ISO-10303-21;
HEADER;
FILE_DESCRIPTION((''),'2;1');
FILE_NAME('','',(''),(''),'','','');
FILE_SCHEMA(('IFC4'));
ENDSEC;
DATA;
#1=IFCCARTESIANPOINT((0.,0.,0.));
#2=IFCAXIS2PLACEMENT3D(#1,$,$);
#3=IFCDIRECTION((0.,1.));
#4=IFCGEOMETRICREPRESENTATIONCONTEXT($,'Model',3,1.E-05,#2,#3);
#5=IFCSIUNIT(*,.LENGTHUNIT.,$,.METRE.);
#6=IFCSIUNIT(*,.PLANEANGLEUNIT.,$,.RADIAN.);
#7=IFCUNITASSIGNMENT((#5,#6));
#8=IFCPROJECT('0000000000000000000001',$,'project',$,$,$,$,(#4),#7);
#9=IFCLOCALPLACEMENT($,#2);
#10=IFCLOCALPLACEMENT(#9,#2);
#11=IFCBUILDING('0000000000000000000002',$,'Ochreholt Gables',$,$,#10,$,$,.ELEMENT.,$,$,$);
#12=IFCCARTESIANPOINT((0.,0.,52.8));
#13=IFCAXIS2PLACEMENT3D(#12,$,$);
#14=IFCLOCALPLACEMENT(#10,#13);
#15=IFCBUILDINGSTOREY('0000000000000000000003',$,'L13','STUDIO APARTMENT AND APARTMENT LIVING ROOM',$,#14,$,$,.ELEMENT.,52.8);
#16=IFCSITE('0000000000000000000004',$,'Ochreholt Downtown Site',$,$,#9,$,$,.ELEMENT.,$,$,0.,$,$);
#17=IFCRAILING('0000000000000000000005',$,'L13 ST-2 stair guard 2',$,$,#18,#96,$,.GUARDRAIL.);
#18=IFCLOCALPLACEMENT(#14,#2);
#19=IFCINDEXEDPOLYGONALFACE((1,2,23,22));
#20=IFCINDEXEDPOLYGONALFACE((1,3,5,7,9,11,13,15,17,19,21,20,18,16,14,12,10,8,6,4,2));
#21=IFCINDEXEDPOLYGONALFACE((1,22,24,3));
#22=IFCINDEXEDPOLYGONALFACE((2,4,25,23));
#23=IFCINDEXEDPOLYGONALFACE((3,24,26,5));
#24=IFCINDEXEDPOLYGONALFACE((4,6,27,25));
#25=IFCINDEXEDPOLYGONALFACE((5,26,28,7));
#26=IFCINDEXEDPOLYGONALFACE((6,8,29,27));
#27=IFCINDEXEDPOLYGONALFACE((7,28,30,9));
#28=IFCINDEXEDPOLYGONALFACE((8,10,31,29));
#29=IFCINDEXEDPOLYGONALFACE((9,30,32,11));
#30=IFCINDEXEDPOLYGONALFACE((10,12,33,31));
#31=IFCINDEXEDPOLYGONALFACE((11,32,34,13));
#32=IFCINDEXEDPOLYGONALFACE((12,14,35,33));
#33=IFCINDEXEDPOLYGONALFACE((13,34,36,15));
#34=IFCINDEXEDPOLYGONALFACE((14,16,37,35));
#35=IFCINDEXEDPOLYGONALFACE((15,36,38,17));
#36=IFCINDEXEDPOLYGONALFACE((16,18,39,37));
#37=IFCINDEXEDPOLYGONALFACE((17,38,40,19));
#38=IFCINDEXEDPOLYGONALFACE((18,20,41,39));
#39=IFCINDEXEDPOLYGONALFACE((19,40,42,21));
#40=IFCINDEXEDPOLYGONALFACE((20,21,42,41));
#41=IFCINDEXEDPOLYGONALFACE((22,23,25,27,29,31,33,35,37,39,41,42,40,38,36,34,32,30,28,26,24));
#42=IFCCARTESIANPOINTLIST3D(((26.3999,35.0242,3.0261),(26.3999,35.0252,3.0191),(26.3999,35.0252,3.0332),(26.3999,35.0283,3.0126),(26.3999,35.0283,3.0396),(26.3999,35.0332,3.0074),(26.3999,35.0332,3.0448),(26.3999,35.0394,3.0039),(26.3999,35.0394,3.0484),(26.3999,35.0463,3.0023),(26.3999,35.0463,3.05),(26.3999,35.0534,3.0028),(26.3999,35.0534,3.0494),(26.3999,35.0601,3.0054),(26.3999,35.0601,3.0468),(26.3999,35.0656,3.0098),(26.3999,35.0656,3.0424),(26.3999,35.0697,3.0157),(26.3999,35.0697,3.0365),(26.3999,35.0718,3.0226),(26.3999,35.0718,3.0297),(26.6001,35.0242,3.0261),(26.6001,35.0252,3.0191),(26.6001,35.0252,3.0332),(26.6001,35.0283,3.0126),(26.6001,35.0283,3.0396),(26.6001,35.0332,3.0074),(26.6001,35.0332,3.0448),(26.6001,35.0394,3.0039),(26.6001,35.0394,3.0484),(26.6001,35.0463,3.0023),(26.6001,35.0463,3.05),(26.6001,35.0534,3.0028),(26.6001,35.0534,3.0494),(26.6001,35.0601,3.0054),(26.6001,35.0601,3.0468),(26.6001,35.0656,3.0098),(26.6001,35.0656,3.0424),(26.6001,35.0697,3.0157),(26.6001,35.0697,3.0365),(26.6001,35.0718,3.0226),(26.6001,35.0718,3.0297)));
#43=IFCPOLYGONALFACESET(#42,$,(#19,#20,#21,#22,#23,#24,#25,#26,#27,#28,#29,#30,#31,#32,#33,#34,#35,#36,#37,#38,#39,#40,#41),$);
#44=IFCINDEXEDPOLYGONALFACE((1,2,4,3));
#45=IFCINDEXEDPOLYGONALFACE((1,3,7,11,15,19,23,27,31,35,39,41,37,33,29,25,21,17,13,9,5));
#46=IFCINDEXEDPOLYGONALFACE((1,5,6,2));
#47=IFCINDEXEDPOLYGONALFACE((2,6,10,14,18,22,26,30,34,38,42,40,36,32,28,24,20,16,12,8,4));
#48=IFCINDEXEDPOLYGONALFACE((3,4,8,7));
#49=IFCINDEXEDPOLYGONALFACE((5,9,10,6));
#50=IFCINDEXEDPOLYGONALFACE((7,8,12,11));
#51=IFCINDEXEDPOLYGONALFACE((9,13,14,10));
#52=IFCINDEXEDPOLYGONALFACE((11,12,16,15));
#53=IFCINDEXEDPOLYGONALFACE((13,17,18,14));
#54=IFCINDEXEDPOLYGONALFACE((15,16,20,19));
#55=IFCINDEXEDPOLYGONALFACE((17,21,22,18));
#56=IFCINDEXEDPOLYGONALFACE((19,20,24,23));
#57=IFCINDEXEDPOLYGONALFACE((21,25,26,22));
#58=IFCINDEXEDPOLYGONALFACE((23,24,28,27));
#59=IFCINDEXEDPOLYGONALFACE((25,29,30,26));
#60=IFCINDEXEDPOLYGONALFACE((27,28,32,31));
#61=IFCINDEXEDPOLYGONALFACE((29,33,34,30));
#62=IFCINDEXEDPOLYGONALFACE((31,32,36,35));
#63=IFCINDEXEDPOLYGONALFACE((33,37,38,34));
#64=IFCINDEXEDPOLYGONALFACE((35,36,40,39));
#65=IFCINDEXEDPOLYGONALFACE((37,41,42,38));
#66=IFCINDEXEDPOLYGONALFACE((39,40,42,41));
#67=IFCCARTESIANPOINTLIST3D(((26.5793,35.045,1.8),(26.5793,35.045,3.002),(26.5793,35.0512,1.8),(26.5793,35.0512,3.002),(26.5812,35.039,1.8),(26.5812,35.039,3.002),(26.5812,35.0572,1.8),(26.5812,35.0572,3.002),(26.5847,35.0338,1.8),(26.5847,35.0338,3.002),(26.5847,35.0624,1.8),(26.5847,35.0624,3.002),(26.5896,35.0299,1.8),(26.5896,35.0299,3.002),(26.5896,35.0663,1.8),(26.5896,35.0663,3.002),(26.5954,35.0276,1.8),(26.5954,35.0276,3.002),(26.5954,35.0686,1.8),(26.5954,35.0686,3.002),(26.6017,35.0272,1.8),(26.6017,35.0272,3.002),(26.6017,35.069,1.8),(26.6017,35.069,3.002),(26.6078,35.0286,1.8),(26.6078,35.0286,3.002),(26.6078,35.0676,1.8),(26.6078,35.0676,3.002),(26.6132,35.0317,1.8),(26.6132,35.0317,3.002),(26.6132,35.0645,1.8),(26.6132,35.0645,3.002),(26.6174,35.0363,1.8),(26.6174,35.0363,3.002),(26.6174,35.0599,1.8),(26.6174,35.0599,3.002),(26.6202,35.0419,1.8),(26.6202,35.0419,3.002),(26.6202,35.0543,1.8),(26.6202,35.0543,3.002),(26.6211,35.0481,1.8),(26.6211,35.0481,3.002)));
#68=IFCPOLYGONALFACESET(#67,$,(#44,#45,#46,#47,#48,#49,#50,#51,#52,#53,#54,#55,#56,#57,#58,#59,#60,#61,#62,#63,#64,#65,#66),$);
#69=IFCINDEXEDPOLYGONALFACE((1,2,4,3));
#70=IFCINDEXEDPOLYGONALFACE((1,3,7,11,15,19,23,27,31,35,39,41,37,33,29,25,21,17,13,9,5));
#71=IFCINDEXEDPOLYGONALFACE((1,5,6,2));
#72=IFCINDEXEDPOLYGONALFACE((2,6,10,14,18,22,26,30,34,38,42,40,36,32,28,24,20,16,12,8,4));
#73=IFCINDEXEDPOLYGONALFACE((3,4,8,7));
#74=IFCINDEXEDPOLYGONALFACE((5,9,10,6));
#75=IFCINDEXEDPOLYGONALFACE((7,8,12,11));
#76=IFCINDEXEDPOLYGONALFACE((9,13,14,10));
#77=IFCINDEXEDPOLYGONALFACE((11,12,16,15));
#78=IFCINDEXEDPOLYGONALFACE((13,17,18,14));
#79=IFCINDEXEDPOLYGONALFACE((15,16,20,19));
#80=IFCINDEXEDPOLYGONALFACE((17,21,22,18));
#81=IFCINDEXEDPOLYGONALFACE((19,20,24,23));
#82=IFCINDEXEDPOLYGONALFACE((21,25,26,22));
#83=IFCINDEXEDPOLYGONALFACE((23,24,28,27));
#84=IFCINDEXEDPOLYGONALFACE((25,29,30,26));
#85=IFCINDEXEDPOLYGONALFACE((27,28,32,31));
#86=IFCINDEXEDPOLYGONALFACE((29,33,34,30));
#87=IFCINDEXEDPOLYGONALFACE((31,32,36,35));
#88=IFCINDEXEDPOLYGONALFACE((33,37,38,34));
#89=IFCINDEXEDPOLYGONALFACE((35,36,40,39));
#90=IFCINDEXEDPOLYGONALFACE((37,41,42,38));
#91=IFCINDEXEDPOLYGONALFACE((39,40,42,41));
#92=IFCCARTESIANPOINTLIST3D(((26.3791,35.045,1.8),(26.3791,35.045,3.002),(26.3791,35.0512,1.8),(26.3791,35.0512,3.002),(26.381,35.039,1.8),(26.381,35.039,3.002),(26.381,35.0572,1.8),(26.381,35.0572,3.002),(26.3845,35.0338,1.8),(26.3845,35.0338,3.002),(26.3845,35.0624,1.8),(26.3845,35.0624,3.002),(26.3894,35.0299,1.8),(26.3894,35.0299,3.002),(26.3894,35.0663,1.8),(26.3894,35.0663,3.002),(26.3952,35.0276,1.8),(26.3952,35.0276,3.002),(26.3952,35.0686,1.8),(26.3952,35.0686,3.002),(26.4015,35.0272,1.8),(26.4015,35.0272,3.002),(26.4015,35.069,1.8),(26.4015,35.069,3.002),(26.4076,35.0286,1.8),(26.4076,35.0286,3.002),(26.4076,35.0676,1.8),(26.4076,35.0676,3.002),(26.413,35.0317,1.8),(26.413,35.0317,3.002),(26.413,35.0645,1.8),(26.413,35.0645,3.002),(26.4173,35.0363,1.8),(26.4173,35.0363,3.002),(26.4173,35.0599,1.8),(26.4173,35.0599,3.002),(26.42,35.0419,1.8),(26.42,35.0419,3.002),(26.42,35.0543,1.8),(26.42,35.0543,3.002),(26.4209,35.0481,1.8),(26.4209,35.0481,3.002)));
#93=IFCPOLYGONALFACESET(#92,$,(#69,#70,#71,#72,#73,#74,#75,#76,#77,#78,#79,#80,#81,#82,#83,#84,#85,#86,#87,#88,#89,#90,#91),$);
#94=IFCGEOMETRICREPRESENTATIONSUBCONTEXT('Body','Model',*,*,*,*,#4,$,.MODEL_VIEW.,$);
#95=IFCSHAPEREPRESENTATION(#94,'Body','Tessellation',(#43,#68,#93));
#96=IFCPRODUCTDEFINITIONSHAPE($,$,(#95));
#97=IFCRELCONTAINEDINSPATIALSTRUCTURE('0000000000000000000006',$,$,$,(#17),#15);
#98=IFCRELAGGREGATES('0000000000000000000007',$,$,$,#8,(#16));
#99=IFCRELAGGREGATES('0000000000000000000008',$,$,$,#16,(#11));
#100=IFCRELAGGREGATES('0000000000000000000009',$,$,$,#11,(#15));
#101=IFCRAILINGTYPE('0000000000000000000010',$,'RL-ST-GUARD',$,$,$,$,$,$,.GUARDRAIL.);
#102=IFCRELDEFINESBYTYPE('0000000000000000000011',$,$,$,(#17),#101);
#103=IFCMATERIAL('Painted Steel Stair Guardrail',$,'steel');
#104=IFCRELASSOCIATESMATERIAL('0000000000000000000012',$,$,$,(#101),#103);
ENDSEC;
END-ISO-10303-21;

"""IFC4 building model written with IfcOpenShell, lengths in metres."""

from ifc_helpers import new_model, si_unit, direction, frame, origin, origin_2d, place, context, subcontext, project, spatial, circle, extrude, material, type_object, element, save


model = new_model("IFC4")

# Units and contexts
model_context = context("Model", 3, precision=1e-05, world=origin(), true_north=direction((0.0, 1.0)))
body_context = subcontext(model_context, "Body", "Model", "MODEL_VIEW")
ifc_project = project(units=[si_unit("LENGTHUNIT", "METRE"), si_unit("PLANEANGLEUNIT", "RADIAN")], contexts=[model_context])

# Site, building, storey
site_placement = place(None, origin())
site = spatial("IfcSite", under=ifc_project, at=site_placement, Name="Ochreholt Downtown Site", CompositionType="ELEMENT", RefElevation=0.0)
building_placement = place(site_placement, origin())
building = spatial("IfcBuilding", under=site, at=building_placement, Name="Ochreholt Gables", CompositionType="ELEMENT")
storey_placement = place(building_placement, frame((0.0, 0.0, 52.8)))
storey = spatial("IfcBuildingStorey", under=building, at=storey_placement, Name="L13", Description="STUDIO APARTMENT AND APARTMENT LIVING ROOM", CompositionType="ELEMENT", Elevation=52.8)

# Railing
ifc_material_1 = material(Name="Painted Steel Stair Guardrail", Category="steel")
railing_type = type_object("IfcRailingType", Name="RL-ST-GUARD", PredefinedType="GUARDRAIL", material=ifc_material_1)
railing_1_placement = place(storey_placement, frame((26.6001, 35.0481, 1.8)))
element("IfcRailing", 1, at=railing_1_placement, inside=storey, type_object=railing_type, Name="L13 ST-2 stair guard 2", PredefinedType="GUARDRAIL", context=body_context, shape_type="SweptSolid", body=[
    extrude(circle(Radius=0.0239, at=origin_2d()), frame((0.0, 0.0, 1.2261), z_axis=(-1.0, 0.0, 0.0), x_axis=(0.0, -1.0, 0.0)), (0.0, 0.0, 1.0), 0.2002),
    extrude(circle(Radius=0.021, at=origin_2d()), origin(), (0.0, 0.0, 1.0), 1.2019),
    extrude(circle(Radius=0.021, at=origin_2d()), frame((-0.2002, 0.0, 0.0)), (0.0, 0.0, 1.0), 1.2019),
])

save(model, "model.ifc")
